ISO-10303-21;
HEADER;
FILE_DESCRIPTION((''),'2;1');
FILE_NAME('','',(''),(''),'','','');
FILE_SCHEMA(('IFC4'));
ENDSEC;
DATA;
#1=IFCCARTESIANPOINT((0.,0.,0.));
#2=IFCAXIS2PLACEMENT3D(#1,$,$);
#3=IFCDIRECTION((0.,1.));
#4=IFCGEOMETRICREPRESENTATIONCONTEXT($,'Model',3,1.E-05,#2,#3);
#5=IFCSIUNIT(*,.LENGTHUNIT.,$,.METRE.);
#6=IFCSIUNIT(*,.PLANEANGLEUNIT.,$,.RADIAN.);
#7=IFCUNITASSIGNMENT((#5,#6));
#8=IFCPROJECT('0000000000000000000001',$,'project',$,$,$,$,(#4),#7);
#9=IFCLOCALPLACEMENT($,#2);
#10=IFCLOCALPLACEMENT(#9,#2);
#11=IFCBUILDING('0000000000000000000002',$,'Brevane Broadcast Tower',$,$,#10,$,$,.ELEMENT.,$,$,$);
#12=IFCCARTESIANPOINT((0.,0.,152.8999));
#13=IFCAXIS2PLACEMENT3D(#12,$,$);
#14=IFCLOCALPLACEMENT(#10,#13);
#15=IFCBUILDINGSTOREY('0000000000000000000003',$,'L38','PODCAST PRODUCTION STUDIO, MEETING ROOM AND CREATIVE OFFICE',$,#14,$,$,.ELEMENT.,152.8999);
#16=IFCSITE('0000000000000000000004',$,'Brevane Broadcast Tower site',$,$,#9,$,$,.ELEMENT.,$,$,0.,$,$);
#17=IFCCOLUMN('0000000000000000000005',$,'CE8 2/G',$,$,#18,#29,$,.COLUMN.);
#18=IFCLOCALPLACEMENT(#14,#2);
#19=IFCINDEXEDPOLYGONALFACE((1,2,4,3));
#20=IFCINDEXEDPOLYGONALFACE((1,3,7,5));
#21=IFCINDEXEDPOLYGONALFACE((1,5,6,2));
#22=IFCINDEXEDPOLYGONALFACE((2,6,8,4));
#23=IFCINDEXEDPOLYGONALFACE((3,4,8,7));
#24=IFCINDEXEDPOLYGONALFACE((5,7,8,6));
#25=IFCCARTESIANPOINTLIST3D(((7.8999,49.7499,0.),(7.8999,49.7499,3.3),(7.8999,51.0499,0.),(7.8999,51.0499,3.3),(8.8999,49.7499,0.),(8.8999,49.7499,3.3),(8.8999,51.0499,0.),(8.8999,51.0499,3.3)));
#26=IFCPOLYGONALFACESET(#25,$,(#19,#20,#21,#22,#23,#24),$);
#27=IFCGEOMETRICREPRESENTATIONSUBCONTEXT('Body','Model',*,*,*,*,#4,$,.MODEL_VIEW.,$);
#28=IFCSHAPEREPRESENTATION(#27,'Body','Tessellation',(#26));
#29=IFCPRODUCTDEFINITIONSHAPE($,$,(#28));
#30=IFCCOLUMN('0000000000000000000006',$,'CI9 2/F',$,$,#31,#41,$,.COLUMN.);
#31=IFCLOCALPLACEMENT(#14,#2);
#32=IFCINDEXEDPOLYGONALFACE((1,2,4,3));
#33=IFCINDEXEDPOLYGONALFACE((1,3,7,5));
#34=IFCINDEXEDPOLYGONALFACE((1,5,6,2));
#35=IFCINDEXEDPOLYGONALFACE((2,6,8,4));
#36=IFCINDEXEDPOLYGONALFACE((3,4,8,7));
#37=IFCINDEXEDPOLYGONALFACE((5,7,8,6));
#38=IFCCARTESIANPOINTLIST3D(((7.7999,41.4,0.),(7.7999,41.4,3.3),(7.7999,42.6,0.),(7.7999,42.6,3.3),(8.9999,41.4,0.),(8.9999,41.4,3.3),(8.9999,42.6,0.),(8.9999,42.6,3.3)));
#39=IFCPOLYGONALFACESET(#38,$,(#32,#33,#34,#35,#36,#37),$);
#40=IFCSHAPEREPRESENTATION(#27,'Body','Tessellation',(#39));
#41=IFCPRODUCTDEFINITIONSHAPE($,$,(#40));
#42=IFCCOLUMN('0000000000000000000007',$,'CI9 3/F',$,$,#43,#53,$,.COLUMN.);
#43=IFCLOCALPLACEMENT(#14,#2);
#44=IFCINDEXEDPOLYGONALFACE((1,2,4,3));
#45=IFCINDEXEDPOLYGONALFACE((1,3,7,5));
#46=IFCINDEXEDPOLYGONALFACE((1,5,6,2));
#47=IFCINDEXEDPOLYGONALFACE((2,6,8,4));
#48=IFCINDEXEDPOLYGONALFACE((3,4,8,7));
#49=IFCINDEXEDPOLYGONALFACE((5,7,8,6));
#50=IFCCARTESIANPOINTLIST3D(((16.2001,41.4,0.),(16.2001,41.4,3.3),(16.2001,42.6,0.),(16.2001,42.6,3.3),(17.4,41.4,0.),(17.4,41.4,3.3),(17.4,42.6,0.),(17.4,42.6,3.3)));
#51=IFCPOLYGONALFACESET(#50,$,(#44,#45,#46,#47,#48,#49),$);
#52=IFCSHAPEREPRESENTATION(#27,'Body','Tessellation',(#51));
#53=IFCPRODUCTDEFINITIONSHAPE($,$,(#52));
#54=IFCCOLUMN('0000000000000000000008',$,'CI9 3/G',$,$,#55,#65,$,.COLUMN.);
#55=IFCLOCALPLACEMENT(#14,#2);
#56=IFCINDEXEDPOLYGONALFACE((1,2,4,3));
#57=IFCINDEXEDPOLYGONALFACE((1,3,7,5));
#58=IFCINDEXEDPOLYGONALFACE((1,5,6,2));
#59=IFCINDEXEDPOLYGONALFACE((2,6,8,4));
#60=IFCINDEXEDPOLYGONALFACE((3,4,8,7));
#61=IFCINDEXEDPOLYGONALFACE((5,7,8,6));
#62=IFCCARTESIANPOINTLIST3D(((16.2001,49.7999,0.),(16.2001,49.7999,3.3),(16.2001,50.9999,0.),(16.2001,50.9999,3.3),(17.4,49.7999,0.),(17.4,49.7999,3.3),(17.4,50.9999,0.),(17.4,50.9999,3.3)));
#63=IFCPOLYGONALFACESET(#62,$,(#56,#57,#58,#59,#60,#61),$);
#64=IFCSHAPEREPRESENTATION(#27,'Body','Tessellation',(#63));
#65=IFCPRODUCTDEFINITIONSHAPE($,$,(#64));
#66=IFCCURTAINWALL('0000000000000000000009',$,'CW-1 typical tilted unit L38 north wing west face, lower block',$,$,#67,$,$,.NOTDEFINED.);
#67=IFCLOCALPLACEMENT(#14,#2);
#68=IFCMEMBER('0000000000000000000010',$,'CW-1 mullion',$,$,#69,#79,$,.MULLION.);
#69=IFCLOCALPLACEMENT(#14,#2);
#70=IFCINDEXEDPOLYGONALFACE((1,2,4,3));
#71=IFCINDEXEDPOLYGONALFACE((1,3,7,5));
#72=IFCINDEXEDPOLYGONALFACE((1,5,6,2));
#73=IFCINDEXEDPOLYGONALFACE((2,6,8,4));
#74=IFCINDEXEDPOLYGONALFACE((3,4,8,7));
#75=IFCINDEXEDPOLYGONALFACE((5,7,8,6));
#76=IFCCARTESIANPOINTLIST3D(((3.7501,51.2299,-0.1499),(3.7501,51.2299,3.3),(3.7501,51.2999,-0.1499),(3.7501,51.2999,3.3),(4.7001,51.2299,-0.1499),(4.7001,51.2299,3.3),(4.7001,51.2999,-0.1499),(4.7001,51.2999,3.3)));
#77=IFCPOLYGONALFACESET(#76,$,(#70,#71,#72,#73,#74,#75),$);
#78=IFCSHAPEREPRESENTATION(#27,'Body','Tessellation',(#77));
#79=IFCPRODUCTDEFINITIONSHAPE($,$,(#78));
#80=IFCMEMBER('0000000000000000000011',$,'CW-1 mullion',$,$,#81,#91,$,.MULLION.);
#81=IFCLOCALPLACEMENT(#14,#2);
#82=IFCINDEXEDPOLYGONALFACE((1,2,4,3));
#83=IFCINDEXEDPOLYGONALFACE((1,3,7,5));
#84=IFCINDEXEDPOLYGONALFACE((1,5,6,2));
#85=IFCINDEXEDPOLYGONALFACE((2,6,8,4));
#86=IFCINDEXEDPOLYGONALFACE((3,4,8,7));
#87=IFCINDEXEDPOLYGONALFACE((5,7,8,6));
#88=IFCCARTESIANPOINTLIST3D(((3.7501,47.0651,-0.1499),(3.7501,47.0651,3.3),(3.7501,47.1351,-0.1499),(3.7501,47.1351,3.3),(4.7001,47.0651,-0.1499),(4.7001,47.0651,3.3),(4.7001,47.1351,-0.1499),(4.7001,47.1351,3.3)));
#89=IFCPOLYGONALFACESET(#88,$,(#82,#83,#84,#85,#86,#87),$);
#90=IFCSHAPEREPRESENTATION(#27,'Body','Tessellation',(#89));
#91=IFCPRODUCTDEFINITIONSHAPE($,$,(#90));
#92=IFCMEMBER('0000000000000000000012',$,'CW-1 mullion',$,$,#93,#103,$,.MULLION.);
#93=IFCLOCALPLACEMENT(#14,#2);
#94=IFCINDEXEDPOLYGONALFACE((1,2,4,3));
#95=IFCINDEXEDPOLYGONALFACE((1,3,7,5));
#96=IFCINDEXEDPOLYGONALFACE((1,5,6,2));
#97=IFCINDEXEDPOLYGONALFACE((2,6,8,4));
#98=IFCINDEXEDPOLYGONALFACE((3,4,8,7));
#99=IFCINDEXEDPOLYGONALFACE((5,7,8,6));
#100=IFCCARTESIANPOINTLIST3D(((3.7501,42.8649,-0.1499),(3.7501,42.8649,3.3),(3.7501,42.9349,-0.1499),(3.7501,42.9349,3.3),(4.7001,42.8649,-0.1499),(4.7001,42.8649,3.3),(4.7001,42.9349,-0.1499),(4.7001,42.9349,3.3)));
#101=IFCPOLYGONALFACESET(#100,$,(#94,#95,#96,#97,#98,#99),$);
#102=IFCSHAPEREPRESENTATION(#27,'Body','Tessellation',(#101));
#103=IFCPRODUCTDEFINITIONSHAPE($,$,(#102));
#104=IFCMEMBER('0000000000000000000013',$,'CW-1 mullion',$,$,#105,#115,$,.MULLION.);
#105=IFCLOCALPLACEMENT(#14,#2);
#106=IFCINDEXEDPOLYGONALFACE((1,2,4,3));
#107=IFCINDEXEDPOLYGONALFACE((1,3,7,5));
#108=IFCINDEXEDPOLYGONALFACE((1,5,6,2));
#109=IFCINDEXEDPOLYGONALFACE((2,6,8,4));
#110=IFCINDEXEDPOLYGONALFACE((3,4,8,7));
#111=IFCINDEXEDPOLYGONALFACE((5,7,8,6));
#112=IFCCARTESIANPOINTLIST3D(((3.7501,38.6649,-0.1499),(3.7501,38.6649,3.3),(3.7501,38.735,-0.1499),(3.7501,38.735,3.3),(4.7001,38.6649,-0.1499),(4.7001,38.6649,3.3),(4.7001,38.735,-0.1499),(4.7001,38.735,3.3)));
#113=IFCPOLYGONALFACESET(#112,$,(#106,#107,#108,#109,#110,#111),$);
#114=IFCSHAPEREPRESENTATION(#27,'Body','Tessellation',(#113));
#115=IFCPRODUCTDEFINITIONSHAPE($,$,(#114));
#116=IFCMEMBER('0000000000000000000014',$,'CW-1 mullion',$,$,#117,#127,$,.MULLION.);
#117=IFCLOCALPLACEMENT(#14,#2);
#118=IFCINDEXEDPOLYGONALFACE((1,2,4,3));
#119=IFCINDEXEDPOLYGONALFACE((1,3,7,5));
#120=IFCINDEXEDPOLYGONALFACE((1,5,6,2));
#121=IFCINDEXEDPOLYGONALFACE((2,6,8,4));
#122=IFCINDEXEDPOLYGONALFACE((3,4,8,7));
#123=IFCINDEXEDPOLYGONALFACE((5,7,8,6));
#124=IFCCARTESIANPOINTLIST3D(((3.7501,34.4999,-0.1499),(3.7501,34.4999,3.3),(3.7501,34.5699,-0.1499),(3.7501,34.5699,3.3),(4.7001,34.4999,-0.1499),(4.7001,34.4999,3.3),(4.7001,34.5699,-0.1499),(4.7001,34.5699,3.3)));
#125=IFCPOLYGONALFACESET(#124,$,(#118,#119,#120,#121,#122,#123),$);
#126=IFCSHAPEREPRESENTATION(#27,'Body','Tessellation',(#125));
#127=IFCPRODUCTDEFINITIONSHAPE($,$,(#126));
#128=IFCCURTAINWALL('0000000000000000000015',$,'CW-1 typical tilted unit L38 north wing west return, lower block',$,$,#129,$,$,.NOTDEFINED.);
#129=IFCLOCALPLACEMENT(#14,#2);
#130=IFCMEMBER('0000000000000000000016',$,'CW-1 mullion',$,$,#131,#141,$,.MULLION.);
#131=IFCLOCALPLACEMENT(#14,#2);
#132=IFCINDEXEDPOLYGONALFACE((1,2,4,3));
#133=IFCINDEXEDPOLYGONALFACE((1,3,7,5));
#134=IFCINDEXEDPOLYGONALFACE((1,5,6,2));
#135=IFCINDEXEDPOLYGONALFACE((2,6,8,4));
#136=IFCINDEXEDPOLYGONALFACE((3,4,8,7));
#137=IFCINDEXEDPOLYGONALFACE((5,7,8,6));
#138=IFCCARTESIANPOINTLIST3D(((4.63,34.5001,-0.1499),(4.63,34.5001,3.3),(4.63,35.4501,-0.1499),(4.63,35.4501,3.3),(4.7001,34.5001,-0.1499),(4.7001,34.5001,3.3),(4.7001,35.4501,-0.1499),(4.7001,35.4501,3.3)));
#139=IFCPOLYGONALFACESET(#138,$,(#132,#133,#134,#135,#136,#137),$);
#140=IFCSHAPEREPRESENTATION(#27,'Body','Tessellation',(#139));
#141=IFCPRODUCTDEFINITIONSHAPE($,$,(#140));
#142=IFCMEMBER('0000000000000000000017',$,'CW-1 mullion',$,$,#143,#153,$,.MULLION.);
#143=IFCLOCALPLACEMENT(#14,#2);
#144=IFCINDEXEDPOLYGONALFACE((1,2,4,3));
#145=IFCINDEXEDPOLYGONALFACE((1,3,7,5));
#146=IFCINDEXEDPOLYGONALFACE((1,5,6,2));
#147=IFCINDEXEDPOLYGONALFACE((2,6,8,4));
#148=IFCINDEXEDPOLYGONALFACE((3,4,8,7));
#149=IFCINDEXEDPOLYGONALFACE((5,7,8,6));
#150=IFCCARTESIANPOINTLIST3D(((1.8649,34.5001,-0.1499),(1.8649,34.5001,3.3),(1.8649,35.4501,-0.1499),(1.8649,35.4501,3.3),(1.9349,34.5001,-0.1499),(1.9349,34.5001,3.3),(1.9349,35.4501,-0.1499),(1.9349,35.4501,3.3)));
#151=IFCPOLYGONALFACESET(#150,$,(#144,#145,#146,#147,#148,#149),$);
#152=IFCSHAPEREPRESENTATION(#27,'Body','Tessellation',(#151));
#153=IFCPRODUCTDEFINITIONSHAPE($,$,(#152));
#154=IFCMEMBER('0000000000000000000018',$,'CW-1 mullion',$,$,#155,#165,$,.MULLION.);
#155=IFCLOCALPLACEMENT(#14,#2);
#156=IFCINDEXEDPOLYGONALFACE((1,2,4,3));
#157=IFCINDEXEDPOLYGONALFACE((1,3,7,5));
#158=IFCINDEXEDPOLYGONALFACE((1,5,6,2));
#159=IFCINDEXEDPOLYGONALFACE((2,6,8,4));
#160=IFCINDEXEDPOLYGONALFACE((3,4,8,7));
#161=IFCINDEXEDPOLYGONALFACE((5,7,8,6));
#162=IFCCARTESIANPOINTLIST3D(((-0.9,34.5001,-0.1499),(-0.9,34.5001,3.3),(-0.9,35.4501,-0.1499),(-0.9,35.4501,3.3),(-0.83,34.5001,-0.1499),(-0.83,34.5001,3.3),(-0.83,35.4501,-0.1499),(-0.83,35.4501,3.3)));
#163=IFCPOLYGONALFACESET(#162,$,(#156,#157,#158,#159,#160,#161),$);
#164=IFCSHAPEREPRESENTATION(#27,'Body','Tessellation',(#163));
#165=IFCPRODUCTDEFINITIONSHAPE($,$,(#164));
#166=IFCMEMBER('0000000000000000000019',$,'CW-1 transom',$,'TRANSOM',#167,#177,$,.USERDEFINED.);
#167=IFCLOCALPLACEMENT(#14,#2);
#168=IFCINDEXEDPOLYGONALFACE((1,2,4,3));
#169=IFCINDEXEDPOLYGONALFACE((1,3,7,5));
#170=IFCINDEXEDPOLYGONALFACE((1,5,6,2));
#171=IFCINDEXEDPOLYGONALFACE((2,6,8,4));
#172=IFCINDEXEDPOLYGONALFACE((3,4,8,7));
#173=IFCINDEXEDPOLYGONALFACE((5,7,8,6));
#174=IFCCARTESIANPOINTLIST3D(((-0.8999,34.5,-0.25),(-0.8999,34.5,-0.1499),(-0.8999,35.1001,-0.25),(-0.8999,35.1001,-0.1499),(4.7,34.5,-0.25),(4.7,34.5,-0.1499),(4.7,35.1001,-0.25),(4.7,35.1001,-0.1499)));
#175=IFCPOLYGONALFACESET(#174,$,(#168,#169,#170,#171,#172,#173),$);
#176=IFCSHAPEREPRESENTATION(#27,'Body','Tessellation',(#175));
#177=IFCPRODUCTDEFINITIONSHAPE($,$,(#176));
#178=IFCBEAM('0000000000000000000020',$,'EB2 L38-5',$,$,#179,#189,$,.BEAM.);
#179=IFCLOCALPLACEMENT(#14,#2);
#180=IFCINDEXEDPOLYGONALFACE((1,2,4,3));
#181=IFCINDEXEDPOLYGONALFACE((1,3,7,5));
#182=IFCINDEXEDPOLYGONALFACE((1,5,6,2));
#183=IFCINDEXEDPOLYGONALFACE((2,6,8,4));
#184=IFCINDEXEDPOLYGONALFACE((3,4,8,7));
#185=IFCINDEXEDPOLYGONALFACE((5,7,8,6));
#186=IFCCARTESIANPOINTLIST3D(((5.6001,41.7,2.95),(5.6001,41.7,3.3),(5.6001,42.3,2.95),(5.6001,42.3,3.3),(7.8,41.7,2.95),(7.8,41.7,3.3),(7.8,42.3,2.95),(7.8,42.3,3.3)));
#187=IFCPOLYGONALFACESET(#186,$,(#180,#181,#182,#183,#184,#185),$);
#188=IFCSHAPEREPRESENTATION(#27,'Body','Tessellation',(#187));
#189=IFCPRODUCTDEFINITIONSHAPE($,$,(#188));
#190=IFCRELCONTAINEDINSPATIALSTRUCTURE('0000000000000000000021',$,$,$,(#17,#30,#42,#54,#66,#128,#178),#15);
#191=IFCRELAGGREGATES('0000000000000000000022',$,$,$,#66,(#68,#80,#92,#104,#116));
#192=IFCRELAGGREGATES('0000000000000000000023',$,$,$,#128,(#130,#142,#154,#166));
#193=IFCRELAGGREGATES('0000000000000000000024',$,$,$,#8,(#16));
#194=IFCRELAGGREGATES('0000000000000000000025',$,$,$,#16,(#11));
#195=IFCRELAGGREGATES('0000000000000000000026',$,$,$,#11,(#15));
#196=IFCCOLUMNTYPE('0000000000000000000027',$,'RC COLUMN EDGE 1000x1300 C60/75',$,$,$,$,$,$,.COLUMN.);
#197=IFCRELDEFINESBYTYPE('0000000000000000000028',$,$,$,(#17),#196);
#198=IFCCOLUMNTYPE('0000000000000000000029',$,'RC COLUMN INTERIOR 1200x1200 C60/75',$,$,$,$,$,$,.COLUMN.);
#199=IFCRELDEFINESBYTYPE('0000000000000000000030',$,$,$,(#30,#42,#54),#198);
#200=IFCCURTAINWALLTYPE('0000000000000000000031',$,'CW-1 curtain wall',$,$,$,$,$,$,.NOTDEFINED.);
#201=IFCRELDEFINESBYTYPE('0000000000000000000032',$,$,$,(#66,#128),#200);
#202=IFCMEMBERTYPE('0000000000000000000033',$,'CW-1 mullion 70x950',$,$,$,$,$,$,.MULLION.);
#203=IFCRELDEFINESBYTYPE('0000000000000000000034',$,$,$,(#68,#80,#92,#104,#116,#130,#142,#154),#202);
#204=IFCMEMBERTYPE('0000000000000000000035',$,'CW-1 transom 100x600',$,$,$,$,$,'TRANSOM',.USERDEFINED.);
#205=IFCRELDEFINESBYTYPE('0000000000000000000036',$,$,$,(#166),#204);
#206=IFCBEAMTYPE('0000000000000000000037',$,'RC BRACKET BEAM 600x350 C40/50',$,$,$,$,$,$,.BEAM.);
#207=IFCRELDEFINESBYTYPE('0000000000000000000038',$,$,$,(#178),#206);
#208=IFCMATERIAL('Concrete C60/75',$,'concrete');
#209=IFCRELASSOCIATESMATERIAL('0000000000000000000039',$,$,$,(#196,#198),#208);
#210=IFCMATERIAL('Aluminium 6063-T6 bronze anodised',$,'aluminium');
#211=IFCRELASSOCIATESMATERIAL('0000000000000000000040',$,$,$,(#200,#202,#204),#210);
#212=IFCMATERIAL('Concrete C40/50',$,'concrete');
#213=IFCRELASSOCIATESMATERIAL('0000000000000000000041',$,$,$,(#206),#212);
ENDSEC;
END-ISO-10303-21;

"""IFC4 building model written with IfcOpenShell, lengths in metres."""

from ifc_helpers import new_model, si_unit, direction, frame, origin, origin_2d, place, context, subcontext, project, spatial, rectangle, extrude, material, material_profile, profile_set, type_object, element, aggregate, save


model = new_model("IFC4")

# Units and contexts
model_context = context("Model", 3, precision=1e-05, world=origin(), true_north=direction((0.0, 1.0)))
body_context = subcontext(model_context, "Body", "Model", "MODEL_VIEW")
ifc_project = project(units=[si_unit("LENGTHUNIT", "METRE"), si_unit("PLANEANGLEUNIT", "RADIAN")], contexts=[model_context])

# Site, building, storey
site_placement = place(None, origin())
site = spatial("IfcSite", under=ifc_project, at=site_placement, Name="Brevane Broadcast Tower site", CompositionType="ELEMENT", RefElevation=0.0)
building_placement = place(site_placement, origin())
building = spatial("IfcBuilding", under=site, at=building_placement, Name="Brevane Broadcast Tower", CompositionType="ELEMENT")
storey_placement = place(building_placement, frame((0.0, 0.0, 152.8999)))
storey = spatial("IfcBuildingStorey", under=building, at=storey_placement, Name="L38", Description="PODCAST PRODUCTION STUDIO, MEETING ROOM AND CREATIVE OFFICE", CompositionType="ELEMENT", Elevation=152.8999)

# Columns
ifc_material_1 = material(Name="Concrete C60/75", Category="concrete")
ifc_material_profile_1 = material_profile(ifc_material_1, rectangle(XDim=1.0, YDim=1.3, at=origin_2d()), Name="RC 1000x1300")
ifc_profile_set_1 = profile_set([ifc_material_profile_1], Name="Concrete C60/75")
column_type_1 = type_object("IfcColumnType", Name="RC COLUMN EDGE 1000x1300 C60/75", PredefinedType="COLUMN", material=ifc_profile_set_1)
column_placement = place(storey_placement, frame((8.3999, 50.3999, 0.0), z_axis=(0.0, 0.0, 1.0), x_axis=(1.0, 0.0, 0.0)))
element("IfcColumn", 1, at=column_placement, inside=storey, type_object=column_type_1, Name="CE8 2/G", PredefinedType="COLUMN", context=body_context, shape_type="SweptSolid", body=[
    extrude(rectangle(XDim=1.0, YDim=1.3, at=origin_2d()), origin(), (0.0, 0.0, 1.0), 3.3),
])
ifc_material_profile_2 = material_profile(ifc_material_1, rectangle(XDim=1.2, YDim=1.2, at=origin_2d()), Name="RC 1200x1200")
ifc_profile_set_2 = profile_set([ifc_material_profile_2], Name="Concrete C60/75")
column_type_2 = type_object("IfcColumnType", Name="RC COLUMN INTERIOR 1200x1200 C60/75", PredefinedType="COLUMN", material=ifc_profile_set_2)
for number, where, z_axis, x_axis, name in (
    (2, (8.3999, 42.0, 0.0), (0.0, 0.0, 1.0), (1.0, 0.0, 0.0), "CI9 2/F"),
    (3, (16.8, 42.0, 0.0), (0.0, 0.0, 1.0), (1.0, 0.0, 0.0), "CI9 3/F"),
    (4, (16.8, 50.3999, 0.0), (0.0, 0.0, 1.0), (1.0, 0.0, 0.0), "CI9 3/G"),
):
    element("IfcColumn", number, at=place(storey_placement, frame(where, z_axis=z_axis, x_axis=x_axis)), inside=storey, type_object=column_type_2, Name=name, PredefinedType="COLUMN", context=body_context, shape_type="SweptSolid", body=[
        extrude(rectangle(XDim=1.2, YDim=1.2, at=origin_2d()), origin(), (0.0, 0.0, 1.0), 3.3),
    ])

# Curtain walls, members
ifc_material_2 = material(Name="Aluminium 6063-T6 bronze anodised", Category="aluminium")
curtain_wall_type = type_object("IfcCurtainWallType", Name="CW-1 curtain wall", PredefinedType="NOTDEFINED", material=ifc_material_2)
curtain_wall_1_placement = place(storey_placement, origin())
curtain_wall_1 = element("IfcCurtainWall", 5, at=curtain_wall_1_placement, inside=storey, type_object=curtain_wall_type, Name="CW-1 typical tilted unit L38 north wing west face, lower block", PredefinedType="NOTDEFINED")
ifc_material_profile_3 = material_profile(ifc_material_2, rectangle(XDim=0.95, YDim=0.0701, at=origin_2d()), Name="RECT 70x950")
ifc_profile_set_3 = profile_set([ifc_material_profile_3], Name="Aluminium 6063-T6 bronze anodised")
member_type_1 = type_object("IfcMemberType", Name="CW-1 mullion 70x950", PredefinedType="MULLION", material=ifc_profile_set_3)
member_1_placement = place(storey_placement, frame((4.2251, 51.2649, -0.1499), z_axis=(0.0, 0.0, 1.0), x_axis=(1.0, 0.0, 0.0)))
member_1 = element("IfcMember", 6, at=member_1_placement, type_object=member_type_1, Name="CW-1 mullion", PredefinedType="MULLION", context=body_context, shape_type="SweptSolid", body=[
    extrude(rectangle(XDim=0.95, YDim=0.0701, at=origin_2d()), origin(), (0.0, 0.0, 1.0), 3.45),
])
member_2_placement = place(storey_placement, frame((4.2251, 47.1001, -0.1499), z_axis=(0.0, 0.0, 1.0), x_axis=(1.0, 0.0, 0.0)))
member_2 = element("IfcMember", 7, at=member_2_placement, type_object=member_type_1, Name="CW-1 mullion", PredefinedType="MULLION", context=body_context, shape_type="SweptSolid", body=[
    extrude(rectangle(XDim=0.95, YDim=0.0701, at=origin_2d()), origin(), (0.0, 0.0, 1.0), 3.45),
])
member_3_placement = place(storey_placement, frame((4.2251, 42.8999, -0.1499), z_axis=(0.0, 0.0, 1.0), x_axis=(1.0, 0.0, 0.0)))
member_3 = element("IfcMember", 8, at=member_3_placement, type_object=member_type_1, Name="CW-1 mullion", PredefinedType="MULLION", context=body_context, shape_type="SweptSolid", body=[
    extrude(rectangle(XDim=0.95, YDim=0.0701, at=origin_2d()), origin(), (0.0, 0.0, 1.0), 3.45),
])
member_4_placement = place(storey_placement, frame((4.2251, 38.7, -0.1499), z_axis=(0.0, 0.0, 1.0), x_axis=(1.0, 0.0, 0.0)))
member_4 = element("IfcMember", 9, at=member_4_placement, type_object=member_type_1, Name="CW-1 mullion", PredefinedType="MULLION", context=body_context, shape_type="SweptSolid", body=[
    extrude(rectangle(XDim=0.95, YDim=0.0701, at=origin_2d()), origin(), (0.0, 0.0, 1.0), 3.45),
])
member_5_placement = place(storey_placement, frame((4.2251, 34.5349, -0.1499), z_axis=(0.0, 0.0, 1.0), x_axis=(1.0, 0.0, 0.0)))
member_5 = element("IfcMember", 10, at=member_5_placement, type_object=member_type_1, Name="CW-1 mullion", PredefinedType="MULLION", context=body_context, shape_type="SweptSolid", body=[
    extrude(rectangle(XDim=0.95, YDim=0.0701, at=origin_2d()), origin(), (0.0, 0.0, 1.0), 3.45),
])
aggregate(curtain_wall_1, [member_1, member_2, member_3, member_4, member_5])
curtain_wall_2_placement = place(storey_placement, origin())
curtain_wall_2 = element("IfcCurtainWall", 11, at=curtain_wall_2_placement, inside=storey, type_object=curtain_wall_type, Name="CW-1 typical tilted unit L38 north wing west return, lower block", PredefinedType="NOTDEFINED")
member_6_placement = place(storey_placement, frame((4.665, 34.9751, -0.1499), z_axis=(0.0, 0.0, 1.0), x_axis=(0.0, -1.0, 0.0)))
member_6 = element("IfcMember", 12, at=member_6_placement, type_object=member_type_1, Name="CW-1 mullion", PredefinedType="MULLION", context=body_context, shape_type="SweptSolid", body=[
    extrude(rectangle(XDim=0.95, YDim=0.0701, at=origin_2d()), origin(), (0.0, 0.0, 1.0), 3.45),
])
member_7_placement = place(storey_placement, frame((1.8999, 34.9751, -0.1499), z_axis=(0.0, 0.0, 1.0), x_axis=(0.0, -1.0, 0.0)))
member_7 = element("IfcMember", 13, at=member_7_placement, type_object=member_type_1, Name="CW-1 mullion", PredefinedType="MULLION", context=body_context, shape_type="SweptSolid", body=[
    extrude(rectangle(XDim=0.95, YDim=0.0701, at=origin_2d()), origin(), (0.0, 0.0, 1.0), 3.45),
])
member_8_placement = place(storey_placement, frame((-0.865, 34.9751, -0.1499), z_axis=(0.0, 0.0, 1.0), x_axis=(0.0, -1.0, 0.0)))
member_8 = element("IfcMember", 14, at=member_8_placement, type_object=member_type_1, Name="CW-1 mullion", PredefinedType="MULLION", context=body_context, shape_type="SweptSolid", body=[
    extrude(rectangle(XDim=0.95, YDim=0.0701, at=origin_2d()), origin(), (0.0, 0.0, 1.0), 3.45),
])
ifc_material_profile_4 = material_profile(ifc_material_2, rectangle(XDim=0.6001, YDim=0.1001, at=origin_2d()), Name="RECT 100x600")
ifc_profile_set_4 = profile_set([ifc_material_profile_4], Name="Aluminium 6063-T6 bronze anodised")
member_type_2 = type_object("IfcMemberType", Name="CW-1 transom 100x600", ElementType="TRANSOM", PredefinedType="USERDEFINED", material=ifc_profile_set_4)
member_9_placement = place(storey_placement, frame((4.7, 34.8, -0.2), z_axis=(-1.0, 0.0, 0.0), x_axis=(0.0, -1.0, 0.0)))
member_9 = element("IfcMember", 15, at=member_9_placement, type_object=member_type_2, Name="CW-1 transom", ObjectType="TRANSOM", PredefinedType="USERDEFINED", context=body_context, shape_type="SweptSolid", body=[
    extrude(rectangle(XDim=0.6001, YDim=0.1001, at=origin_2d()), origin(), (0.0, 0.0, 1.0), 5.5999),
])
aggregate(curtain_wall_2, [member_6, member_7, member_8, member_9])

# Beam
ifc_material_3 = material(Name="Concrete C40/50", Category="concrete")
ifc_material_profile_5 = material_profile(ifc_material_3, rectangle(XDim=0.6001, YDim=0.3501, at=origin_2d()), Name="RC 600x350")
ifc_profile_set_5 = profile_set([ifc_material_profile_5], Name="Concrete C40/50")
beam_type_1 = type_object("IfcBeamType", Name="RC BRACKET BEAM 600x350 C40/50", PredefinedType="BEAM", material=ifc_profile_set_5)
beam_1_placement = place(storey_placement, frame((7.8, 42.0, 3.125), z_axis=(-1.0, 0.0, 0.0), x_axis=(0.0, -1.0, 0.0)))
element("IfcBeam", 16, at=beam_1_placement, inside=storey, type_object=beam_type_1, Name="EB2 L38-5", PredefinedType="BEAM", context=body_context, shape_type="SweptSolid", body=[
    extrude(rectangle(XDim=0.6001, YDim=0.3501, at=origin_2d()), origin(), (0.0, 0.0, 1.0), 2.2),
])

save(model, "model.ifc")
